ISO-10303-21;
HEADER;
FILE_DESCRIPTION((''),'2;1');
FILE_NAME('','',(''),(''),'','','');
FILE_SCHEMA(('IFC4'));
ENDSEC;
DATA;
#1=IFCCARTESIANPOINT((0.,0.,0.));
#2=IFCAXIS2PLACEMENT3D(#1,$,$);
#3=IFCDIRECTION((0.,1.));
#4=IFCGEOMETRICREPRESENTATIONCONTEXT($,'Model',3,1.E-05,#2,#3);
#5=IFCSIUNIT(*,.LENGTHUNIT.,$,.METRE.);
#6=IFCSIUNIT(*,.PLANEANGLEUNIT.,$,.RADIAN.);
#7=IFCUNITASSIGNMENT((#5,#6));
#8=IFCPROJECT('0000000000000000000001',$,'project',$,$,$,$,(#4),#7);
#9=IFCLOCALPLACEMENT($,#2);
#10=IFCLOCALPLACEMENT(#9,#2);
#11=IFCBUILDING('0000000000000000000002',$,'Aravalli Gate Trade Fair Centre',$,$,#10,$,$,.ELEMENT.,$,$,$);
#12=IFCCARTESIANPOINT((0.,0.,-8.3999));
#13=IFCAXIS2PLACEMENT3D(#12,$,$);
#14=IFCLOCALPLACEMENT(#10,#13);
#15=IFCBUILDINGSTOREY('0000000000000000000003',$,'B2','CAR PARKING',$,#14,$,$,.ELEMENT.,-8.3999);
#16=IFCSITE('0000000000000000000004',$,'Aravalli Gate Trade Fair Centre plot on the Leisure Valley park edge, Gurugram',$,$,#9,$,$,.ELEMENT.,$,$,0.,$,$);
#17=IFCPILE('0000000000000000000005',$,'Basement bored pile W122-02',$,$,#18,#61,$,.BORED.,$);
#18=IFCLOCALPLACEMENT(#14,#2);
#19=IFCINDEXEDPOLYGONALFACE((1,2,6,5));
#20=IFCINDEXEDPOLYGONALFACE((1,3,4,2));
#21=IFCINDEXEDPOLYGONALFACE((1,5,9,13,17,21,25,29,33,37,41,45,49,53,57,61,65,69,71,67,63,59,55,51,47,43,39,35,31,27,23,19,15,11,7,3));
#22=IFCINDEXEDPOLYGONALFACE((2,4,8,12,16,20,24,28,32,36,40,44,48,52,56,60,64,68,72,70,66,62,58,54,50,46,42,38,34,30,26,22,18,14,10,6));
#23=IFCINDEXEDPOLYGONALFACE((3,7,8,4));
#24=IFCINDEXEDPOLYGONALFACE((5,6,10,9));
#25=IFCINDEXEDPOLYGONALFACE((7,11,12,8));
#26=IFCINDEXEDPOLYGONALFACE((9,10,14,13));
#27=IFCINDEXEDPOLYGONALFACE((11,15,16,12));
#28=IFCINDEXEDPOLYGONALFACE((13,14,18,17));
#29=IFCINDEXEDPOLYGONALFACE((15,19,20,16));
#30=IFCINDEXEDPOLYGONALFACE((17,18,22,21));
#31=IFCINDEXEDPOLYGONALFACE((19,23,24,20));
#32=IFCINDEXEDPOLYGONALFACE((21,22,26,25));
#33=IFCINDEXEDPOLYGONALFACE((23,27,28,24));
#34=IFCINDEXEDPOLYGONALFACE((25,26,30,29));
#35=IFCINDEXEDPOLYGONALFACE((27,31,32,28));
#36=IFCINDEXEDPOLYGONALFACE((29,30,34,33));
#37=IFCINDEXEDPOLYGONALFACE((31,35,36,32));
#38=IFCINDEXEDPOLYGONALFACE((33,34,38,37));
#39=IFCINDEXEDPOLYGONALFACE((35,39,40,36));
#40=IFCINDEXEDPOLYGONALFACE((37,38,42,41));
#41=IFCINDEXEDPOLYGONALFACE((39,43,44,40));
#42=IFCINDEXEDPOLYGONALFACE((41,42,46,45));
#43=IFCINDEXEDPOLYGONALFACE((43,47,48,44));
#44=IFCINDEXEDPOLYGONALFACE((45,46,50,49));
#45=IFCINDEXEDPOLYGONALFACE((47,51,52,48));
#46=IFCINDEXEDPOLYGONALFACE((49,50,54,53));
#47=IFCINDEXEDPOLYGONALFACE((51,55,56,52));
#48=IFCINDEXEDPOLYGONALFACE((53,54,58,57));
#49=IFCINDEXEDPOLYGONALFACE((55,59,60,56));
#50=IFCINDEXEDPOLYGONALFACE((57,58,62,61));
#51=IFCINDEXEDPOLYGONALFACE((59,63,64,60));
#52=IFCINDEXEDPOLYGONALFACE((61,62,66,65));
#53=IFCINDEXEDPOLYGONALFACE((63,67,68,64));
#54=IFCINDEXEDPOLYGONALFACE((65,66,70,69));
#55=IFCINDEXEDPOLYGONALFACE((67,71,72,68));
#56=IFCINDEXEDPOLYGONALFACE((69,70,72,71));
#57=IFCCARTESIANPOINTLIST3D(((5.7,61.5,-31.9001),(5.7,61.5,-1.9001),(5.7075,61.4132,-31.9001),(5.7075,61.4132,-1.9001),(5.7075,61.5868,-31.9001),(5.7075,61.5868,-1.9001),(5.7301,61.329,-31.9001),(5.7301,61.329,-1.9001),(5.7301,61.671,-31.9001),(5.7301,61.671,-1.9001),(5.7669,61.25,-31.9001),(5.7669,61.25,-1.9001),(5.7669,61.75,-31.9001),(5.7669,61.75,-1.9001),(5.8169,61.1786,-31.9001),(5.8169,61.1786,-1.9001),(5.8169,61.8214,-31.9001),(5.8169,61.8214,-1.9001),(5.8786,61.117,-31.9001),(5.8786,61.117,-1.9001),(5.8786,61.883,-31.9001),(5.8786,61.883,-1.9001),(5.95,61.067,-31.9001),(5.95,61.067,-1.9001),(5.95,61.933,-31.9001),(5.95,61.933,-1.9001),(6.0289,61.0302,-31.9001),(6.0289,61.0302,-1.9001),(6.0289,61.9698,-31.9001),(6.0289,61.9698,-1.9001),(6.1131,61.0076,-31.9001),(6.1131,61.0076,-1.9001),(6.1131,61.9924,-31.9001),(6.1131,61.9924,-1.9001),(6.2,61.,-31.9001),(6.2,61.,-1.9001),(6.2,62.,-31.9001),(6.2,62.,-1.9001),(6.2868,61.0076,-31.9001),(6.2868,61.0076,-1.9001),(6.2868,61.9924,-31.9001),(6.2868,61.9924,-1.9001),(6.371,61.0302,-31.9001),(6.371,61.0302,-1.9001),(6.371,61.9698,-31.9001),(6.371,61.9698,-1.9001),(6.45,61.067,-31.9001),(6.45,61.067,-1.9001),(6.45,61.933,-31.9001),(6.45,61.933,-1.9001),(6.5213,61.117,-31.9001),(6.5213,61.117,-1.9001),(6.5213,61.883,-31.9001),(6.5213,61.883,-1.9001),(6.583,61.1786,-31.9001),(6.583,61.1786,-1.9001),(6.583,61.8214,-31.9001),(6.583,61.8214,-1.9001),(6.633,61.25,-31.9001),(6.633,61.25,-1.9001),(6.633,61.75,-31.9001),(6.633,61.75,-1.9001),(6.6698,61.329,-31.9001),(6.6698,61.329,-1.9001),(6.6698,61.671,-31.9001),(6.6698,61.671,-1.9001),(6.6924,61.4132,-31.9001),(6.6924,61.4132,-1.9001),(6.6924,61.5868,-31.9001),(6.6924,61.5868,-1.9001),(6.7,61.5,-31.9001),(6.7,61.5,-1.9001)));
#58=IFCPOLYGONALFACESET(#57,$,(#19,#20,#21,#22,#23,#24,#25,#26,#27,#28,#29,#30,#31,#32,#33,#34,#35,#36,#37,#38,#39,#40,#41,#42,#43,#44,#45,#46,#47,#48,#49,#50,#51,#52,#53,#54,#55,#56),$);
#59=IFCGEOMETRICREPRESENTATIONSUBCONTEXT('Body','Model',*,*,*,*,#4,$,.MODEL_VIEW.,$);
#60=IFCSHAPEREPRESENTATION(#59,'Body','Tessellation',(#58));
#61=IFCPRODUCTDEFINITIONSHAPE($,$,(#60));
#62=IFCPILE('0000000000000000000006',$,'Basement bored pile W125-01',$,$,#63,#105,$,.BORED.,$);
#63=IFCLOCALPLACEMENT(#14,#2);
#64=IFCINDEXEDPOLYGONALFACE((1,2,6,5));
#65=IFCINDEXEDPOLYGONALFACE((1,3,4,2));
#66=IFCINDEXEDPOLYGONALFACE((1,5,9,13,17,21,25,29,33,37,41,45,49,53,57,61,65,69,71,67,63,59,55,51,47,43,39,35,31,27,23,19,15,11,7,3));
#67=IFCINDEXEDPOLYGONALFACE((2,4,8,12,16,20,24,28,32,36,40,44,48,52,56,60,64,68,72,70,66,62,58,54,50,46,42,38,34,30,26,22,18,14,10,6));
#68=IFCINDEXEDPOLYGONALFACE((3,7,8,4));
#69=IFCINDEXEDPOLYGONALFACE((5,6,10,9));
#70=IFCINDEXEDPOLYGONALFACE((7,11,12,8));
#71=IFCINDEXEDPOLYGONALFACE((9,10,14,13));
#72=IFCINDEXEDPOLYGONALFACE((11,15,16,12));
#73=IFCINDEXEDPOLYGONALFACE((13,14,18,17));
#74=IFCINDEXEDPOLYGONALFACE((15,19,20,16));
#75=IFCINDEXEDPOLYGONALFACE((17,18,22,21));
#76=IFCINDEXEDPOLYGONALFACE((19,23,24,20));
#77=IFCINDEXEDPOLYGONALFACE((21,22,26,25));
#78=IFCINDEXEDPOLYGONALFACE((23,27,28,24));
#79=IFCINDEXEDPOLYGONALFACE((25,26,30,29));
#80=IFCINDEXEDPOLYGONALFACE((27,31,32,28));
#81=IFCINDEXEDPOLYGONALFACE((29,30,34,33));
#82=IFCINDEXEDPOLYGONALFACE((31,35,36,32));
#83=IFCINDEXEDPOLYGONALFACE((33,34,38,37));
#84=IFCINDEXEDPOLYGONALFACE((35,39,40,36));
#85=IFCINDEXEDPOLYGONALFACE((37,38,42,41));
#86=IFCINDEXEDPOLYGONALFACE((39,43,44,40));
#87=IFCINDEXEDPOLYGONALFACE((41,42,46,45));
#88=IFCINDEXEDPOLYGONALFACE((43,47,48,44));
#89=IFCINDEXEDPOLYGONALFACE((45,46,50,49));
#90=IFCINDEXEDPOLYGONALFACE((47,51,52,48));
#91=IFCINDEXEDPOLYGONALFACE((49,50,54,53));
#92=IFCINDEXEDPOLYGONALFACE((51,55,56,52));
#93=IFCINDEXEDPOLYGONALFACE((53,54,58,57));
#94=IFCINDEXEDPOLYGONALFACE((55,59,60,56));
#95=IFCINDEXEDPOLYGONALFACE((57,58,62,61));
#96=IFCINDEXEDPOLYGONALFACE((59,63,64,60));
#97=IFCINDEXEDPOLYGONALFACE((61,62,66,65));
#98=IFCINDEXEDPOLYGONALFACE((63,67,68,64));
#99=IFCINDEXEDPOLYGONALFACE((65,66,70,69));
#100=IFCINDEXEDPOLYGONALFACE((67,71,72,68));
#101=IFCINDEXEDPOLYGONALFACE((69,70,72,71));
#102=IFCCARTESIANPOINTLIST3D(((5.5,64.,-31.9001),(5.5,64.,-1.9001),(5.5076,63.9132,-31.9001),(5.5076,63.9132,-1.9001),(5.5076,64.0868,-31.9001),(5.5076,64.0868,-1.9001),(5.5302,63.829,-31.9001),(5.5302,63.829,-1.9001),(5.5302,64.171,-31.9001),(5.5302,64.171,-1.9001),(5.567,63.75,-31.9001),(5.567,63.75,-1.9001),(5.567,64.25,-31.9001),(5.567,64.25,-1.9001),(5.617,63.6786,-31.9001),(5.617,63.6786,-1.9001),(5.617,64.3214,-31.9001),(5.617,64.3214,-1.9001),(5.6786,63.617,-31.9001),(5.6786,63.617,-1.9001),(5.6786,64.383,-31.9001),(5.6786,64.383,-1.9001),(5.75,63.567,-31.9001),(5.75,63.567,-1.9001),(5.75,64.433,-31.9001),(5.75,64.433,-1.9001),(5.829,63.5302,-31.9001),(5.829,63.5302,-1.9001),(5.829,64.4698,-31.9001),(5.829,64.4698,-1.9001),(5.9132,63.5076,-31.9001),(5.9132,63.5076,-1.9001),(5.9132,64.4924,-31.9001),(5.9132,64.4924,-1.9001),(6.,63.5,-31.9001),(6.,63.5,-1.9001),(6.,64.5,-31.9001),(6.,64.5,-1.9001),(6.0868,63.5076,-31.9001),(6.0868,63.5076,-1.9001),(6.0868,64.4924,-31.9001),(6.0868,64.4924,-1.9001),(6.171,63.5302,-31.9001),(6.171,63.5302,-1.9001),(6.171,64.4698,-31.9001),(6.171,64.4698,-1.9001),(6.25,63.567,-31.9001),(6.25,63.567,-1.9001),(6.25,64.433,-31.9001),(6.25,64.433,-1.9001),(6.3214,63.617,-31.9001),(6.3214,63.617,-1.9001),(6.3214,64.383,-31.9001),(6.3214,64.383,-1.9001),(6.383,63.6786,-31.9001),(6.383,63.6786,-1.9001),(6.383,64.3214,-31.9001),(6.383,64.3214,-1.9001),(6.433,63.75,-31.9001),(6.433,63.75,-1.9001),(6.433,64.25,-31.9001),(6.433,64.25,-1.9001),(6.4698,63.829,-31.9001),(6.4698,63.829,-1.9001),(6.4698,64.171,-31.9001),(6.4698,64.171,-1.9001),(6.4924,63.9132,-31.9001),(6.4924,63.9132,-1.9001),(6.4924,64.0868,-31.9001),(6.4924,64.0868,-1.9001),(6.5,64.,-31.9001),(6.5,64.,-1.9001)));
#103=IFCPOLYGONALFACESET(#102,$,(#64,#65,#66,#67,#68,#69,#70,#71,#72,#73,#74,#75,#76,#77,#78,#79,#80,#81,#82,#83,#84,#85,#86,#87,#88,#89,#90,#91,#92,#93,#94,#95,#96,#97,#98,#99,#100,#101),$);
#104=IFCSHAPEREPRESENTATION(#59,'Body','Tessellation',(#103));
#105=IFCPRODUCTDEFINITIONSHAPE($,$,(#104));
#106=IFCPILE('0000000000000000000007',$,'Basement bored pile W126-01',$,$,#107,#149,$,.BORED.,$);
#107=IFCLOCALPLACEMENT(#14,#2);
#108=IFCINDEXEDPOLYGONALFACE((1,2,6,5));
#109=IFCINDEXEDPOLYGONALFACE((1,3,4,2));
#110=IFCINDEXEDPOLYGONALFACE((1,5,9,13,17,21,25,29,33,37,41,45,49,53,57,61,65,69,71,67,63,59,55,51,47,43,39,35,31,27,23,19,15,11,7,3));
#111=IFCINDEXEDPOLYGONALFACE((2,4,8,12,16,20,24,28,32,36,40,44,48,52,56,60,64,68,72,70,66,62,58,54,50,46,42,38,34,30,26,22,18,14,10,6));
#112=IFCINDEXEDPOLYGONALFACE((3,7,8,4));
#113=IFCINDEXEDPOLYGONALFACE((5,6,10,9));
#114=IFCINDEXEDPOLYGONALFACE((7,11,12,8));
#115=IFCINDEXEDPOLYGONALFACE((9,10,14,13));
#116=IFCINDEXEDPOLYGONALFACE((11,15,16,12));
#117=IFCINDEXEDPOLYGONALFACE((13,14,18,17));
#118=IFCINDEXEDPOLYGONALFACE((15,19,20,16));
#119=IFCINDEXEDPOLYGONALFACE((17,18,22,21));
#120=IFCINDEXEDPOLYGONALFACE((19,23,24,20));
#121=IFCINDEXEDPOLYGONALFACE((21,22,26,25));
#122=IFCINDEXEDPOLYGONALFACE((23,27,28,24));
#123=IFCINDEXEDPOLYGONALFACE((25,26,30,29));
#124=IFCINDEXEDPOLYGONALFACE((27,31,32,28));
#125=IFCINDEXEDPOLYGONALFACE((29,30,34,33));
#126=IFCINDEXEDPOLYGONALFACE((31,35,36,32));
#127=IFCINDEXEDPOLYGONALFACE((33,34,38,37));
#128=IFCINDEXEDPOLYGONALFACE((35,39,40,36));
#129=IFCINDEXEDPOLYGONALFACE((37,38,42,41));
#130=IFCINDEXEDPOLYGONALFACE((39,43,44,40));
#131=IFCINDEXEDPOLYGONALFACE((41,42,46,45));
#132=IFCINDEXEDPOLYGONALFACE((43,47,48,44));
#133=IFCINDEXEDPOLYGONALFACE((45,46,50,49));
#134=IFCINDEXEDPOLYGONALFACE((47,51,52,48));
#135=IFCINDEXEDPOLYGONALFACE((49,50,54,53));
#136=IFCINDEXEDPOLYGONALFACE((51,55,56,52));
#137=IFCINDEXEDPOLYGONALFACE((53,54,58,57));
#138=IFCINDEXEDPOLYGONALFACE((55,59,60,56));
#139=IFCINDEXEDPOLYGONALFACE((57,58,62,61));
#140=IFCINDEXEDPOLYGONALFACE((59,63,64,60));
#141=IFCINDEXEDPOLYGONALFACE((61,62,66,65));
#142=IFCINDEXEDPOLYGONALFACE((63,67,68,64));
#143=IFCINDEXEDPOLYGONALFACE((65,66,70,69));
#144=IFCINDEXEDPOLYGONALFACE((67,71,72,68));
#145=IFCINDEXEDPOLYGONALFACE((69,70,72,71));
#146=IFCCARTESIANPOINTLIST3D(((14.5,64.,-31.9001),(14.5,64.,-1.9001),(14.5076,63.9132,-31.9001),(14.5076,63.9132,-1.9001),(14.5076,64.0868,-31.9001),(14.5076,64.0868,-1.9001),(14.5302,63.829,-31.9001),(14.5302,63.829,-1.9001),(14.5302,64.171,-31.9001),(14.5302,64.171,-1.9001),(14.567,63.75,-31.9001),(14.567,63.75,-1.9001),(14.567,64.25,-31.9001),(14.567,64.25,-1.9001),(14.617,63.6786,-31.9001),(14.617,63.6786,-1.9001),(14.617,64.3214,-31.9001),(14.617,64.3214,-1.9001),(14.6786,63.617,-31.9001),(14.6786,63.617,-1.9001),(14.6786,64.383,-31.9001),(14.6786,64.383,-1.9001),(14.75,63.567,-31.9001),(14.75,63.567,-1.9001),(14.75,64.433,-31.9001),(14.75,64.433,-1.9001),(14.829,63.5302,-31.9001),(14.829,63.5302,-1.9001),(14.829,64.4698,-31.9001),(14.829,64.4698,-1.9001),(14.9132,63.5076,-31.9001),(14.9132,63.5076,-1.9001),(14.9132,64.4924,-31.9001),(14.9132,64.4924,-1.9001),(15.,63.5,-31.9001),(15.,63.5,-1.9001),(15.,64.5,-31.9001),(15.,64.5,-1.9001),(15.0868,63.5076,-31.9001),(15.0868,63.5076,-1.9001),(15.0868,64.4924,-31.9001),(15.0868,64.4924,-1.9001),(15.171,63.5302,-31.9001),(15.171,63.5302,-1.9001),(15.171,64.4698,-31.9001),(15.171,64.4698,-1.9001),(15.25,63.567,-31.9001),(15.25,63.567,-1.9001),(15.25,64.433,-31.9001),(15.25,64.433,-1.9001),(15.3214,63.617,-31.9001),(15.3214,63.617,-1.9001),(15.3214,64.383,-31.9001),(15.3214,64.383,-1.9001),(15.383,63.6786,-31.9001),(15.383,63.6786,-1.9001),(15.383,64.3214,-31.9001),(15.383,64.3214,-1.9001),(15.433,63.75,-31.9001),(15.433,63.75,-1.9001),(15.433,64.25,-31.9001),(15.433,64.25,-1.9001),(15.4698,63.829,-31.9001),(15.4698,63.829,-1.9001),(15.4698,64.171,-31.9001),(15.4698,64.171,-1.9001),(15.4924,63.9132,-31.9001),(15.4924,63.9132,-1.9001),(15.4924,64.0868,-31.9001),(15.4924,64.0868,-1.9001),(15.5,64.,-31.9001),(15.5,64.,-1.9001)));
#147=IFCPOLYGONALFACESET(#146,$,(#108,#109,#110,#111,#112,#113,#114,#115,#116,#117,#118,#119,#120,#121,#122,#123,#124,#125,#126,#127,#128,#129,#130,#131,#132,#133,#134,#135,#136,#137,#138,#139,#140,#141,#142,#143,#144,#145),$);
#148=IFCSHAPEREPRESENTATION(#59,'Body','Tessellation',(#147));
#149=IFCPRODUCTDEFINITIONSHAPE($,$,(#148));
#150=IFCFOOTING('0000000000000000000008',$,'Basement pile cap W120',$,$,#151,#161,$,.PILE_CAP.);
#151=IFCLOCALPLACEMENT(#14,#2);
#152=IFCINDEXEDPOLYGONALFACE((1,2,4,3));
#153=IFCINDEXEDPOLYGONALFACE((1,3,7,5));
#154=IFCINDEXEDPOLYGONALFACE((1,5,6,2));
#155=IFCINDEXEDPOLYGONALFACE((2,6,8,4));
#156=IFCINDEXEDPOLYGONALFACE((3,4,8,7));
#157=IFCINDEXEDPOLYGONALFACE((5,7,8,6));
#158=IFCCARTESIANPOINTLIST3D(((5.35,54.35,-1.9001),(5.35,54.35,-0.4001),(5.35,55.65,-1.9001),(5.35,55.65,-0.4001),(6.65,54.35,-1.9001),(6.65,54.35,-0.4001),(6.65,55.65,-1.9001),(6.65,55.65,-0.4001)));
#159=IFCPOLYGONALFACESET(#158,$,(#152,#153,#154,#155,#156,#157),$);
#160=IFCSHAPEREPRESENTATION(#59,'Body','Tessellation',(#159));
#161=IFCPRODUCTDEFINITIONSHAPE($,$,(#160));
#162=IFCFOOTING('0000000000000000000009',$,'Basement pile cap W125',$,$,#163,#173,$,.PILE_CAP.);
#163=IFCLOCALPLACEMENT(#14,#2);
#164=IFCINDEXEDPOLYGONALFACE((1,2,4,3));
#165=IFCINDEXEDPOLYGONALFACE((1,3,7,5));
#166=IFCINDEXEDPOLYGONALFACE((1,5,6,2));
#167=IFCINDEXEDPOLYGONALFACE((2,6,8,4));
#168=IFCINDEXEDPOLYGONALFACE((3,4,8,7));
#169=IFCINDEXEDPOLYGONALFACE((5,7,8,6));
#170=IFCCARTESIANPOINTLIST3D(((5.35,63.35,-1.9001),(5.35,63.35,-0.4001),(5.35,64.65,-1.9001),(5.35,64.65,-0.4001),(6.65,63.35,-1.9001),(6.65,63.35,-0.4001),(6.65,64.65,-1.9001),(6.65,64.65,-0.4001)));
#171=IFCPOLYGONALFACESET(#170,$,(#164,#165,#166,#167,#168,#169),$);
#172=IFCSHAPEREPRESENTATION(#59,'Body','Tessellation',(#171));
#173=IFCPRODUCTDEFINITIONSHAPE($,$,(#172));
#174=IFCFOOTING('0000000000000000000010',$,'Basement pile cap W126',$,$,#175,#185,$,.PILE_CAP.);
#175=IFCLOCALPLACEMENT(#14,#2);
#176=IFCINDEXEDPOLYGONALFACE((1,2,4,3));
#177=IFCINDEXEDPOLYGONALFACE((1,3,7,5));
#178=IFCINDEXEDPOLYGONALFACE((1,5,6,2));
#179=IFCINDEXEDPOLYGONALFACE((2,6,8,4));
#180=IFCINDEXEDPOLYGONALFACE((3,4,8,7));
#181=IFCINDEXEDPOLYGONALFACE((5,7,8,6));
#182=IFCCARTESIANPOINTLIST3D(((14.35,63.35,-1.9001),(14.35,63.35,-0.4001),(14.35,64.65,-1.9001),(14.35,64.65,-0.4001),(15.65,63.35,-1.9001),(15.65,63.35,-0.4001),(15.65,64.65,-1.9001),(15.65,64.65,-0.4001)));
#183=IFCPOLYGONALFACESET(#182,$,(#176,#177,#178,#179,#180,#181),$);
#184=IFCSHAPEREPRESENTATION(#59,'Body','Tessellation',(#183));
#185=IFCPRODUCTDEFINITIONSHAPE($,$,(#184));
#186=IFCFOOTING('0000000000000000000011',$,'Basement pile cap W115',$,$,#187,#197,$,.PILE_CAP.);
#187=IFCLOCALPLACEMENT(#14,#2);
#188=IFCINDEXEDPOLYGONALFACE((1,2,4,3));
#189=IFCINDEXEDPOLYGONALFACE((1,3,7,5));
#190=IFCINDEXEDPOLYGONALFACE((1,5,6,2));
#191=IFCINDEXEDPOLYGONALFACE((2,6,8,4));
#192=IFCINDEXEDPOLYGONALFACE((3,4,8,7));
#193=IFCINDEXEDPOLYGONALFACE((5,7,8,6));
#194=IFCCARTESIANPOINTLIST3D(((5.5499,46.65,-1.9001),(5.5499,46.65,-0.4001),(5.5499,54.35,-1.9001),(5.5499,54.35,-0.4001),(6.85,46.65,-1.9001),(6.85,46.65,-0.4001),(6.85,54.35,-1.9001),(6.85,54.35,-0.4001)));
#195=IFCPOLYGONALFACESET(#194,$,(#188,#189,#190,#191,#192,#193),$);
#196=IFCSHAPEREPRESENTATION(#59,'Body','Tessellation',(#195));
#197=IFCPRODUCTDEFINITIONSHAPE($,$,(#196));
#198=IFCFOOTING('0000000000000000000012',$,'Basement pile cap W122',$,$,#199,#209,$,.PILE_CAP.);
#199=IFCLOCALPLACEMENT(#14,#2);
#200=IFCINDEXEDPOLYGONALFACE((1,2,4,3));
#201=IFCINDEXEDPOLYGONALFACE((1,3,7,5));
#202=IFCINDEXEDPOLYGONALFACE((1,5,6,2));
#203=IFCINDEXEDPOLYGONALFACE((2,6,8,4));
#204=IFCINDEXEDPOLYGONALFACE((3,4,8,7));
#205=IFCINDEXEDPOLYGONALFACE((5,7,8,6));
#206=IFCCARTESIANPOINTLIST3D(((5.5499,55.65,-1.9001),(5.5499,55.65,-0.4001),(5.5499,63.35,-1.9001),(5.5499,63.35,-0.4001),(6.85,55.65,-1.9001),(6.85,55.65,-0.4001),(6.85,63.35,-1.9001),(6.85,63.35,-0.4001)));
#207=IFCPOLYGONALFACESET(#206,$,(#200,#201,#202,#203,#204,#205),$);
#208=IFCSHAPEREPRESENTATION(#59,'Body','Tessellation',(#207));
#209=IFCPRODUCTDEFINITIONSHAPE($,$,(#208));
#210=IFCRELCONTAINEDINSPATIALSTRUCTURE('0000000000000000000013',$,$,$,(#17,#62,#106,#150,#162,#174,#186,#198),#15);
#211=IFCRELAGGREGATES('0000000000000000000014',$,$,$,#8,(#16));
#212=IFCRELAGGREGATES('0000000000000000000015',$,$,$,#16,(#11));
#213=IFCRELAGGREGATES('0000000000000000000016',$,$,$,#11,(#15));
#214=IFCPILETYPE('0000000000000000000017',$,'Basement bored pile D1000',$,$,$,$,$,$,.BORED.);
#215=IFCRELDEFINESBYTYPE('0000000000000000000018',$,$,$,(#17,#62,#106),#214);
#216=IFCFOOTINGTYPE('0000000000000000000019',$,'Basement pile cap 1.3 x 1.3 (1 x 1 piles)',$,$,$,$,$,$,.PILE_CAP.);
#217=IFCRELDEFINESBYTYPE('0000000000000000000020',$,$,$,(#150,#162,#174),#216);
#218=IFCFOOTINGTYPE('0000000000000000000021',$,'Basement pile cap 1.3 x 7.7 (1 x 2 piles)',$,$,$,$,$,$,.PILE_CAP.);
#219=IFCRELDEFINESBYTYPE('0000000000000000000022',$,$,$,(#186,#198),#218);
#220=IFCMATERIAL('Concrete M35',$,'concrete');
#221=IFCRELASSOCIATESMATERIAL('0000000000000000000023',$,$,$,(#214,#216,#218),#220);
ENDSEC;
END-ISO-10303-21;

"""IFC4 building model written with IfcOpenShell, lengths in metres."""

from ifc_helpers import new_model, si_unit, direction, frame, origin, origin_2d, place, context, subcontext, project, spatial, rectangle, circle, extrude, material, material_profile, profile_set, type_object, element, save


model = new_model("IFC4")

# Units and contexts
model_context = context("Model", 3, precision=1e-05, world=origin(), true_north=direction((0.0, 1.0)))
body_context = subcontext(model_context, "Body", "Model", "MODEL_VIEW")
ifc_project = project(units=[si_unit("LENGTHUNIT", "METRE"), si_unit("PLANEANGLEUNIT", "RADIAN")], contexts=[model_context])

# Site, building, storey
site_placement = place(None, origin())
site = spatial("IfcSite", under=ifc_project, at=site_placement, Name="Aravalli Gate Trade Fair Centre plot on the Leisure Valley park edge, Gurugram", CompositionType="ELEMENT", RefElevation=0.0)
building_placement = place(site_placement, origin())
building = spatial("IfcBuilding", under=site, at=building_placement, Name="Aravalli Gate Trade Fair Centre", CompositionType="ELEMENT")
storey_placement = place(building_placement, frame((0.0, 0.0, -8.3999)))
storey = spatial("IfcBuildingStorey", under=building, at=storey_placement, Name="B2", Description="CAR PARKING", CompositionType="ELEMENT", Elevation=-8.3999)

# Piles
ifc_material_1 = material(Name="Concrete M35", Category="concrete")
ifc_material_profile_1 = material_profile(ifc_material_1, circle(Radius=0.5, at=origin_2d()), Name="D1000")
ifc_profile_set_1 = profile_set([ifc_material_profile_1], Name="Concrete M35")
pile_type = type_object("IfcPileType", Name="Basement bored pile D1000", PredefinedType="BORED", material=ifc_profile_set_1)
for number, where, z_axis, x_axis, name in (
    (1, (6.2, 61.5, -1.9001), (0.0, 0.0, -1.0), (1.0, 0.0, 0.0), "Basement bored pile W122-02"),
    (2, (6.0, 64.0, -1.9001), (0.0, 0.0, -1.0), (1.0, 0.0, 0.0), "Basement bored pile W125-01"),
    (3, (15.0, 64.0, -1.9001), (0.0, 0.0, -1.0), (1.0, 0.0, 0.0), "Basement bored pile W126-01"),
):
    element("IfcPile", number, at=place(storey_placement, frame(where, z_axis=z_axis, x_axis=x_axis)), inside=storey, type_object=pile_type, Name=name, PredefinedType="BORED", context=body_context, shape_type="SweptSolid", body=[
        extrude(circle(Radius=0.5, at=origin_2d()), origin(), (0.0, 0.0, 1.0), 30.0),
    ])

# Footings
footing_type_1 = type_object("IfcFootingType", Name="Basement pile cap 1.3 x 1.3 (1 x 1 piles)", PredefinedType="PILE_CAP", material=ifc_material_1)
for number, where, z_axis, x_axis, name in (
    (4, (6.0, 55.0, -1.9001), (0.0, 0.0, 1.0), (1.0, 0.0, 0.0), "Basement pile cap W120"),
    (5, (6.0, 64.0, -1.9001), (0.0, 0.0, 1.0), (1.0, 0.0, 0.0), "Basement pile cap W125"),
    (6, (15.0, 64.0, -1.9001), (0.0, 0.0, 1.0), (1.0, 0.0, 0.0), "Basement pile cap W126"),
):
    element("IfcFooting", number, at=place(storey_placement, frame(where, z_axis=z_axis, x_axis=x_axis)), inside=storey, type_object=footing_type_1, Name=name, PredefinedType="PILE_CAP", context=body_context, shape_type="SweptSolid", body=[
        extrude(rectangle(XDim=1.3, YDim=1.3, at=origin_2d()), origin(), (0.0, 0.0, 1.0), 1.5),
    ])
footing_type_2 = type_object("IfcFootingType", Name="Basement pile cap 1.3 x 7.7 (1 x 2 piles)", PredefinedType="PILE_CAP", material=ifc_material_1)
for number, where, z_axis, x_axis, name in (
    (7, (6.2, 50.5, -1.9001), (0.0, 0.0, 1.0), (1.0, 0.0, 0.0), "Basement pile cap W115"),
    (8, (6.2, 59.5, -1.9001), (0.0, 0.0, 1.0), (1.0, 0.0, 0.0), "Basement pile cap W122"),
):
    element("IfcFooting", number, at=place(storey_placement, frame(where, z_axis=z_axis, x_axis=x_axis)), inside=storey, type_object=footing_type_2, Name=name, PredefinedType="PILE_CAP", context=body_context, shape_type="SweptSolid", body=[
        extrude(rectangle(XDim=1.3, YDim=7.7, at=origin_2d()), origin(), (0.0, 0.0, 1.0), 1.5),
    ])

save(model, "model.ifc")
